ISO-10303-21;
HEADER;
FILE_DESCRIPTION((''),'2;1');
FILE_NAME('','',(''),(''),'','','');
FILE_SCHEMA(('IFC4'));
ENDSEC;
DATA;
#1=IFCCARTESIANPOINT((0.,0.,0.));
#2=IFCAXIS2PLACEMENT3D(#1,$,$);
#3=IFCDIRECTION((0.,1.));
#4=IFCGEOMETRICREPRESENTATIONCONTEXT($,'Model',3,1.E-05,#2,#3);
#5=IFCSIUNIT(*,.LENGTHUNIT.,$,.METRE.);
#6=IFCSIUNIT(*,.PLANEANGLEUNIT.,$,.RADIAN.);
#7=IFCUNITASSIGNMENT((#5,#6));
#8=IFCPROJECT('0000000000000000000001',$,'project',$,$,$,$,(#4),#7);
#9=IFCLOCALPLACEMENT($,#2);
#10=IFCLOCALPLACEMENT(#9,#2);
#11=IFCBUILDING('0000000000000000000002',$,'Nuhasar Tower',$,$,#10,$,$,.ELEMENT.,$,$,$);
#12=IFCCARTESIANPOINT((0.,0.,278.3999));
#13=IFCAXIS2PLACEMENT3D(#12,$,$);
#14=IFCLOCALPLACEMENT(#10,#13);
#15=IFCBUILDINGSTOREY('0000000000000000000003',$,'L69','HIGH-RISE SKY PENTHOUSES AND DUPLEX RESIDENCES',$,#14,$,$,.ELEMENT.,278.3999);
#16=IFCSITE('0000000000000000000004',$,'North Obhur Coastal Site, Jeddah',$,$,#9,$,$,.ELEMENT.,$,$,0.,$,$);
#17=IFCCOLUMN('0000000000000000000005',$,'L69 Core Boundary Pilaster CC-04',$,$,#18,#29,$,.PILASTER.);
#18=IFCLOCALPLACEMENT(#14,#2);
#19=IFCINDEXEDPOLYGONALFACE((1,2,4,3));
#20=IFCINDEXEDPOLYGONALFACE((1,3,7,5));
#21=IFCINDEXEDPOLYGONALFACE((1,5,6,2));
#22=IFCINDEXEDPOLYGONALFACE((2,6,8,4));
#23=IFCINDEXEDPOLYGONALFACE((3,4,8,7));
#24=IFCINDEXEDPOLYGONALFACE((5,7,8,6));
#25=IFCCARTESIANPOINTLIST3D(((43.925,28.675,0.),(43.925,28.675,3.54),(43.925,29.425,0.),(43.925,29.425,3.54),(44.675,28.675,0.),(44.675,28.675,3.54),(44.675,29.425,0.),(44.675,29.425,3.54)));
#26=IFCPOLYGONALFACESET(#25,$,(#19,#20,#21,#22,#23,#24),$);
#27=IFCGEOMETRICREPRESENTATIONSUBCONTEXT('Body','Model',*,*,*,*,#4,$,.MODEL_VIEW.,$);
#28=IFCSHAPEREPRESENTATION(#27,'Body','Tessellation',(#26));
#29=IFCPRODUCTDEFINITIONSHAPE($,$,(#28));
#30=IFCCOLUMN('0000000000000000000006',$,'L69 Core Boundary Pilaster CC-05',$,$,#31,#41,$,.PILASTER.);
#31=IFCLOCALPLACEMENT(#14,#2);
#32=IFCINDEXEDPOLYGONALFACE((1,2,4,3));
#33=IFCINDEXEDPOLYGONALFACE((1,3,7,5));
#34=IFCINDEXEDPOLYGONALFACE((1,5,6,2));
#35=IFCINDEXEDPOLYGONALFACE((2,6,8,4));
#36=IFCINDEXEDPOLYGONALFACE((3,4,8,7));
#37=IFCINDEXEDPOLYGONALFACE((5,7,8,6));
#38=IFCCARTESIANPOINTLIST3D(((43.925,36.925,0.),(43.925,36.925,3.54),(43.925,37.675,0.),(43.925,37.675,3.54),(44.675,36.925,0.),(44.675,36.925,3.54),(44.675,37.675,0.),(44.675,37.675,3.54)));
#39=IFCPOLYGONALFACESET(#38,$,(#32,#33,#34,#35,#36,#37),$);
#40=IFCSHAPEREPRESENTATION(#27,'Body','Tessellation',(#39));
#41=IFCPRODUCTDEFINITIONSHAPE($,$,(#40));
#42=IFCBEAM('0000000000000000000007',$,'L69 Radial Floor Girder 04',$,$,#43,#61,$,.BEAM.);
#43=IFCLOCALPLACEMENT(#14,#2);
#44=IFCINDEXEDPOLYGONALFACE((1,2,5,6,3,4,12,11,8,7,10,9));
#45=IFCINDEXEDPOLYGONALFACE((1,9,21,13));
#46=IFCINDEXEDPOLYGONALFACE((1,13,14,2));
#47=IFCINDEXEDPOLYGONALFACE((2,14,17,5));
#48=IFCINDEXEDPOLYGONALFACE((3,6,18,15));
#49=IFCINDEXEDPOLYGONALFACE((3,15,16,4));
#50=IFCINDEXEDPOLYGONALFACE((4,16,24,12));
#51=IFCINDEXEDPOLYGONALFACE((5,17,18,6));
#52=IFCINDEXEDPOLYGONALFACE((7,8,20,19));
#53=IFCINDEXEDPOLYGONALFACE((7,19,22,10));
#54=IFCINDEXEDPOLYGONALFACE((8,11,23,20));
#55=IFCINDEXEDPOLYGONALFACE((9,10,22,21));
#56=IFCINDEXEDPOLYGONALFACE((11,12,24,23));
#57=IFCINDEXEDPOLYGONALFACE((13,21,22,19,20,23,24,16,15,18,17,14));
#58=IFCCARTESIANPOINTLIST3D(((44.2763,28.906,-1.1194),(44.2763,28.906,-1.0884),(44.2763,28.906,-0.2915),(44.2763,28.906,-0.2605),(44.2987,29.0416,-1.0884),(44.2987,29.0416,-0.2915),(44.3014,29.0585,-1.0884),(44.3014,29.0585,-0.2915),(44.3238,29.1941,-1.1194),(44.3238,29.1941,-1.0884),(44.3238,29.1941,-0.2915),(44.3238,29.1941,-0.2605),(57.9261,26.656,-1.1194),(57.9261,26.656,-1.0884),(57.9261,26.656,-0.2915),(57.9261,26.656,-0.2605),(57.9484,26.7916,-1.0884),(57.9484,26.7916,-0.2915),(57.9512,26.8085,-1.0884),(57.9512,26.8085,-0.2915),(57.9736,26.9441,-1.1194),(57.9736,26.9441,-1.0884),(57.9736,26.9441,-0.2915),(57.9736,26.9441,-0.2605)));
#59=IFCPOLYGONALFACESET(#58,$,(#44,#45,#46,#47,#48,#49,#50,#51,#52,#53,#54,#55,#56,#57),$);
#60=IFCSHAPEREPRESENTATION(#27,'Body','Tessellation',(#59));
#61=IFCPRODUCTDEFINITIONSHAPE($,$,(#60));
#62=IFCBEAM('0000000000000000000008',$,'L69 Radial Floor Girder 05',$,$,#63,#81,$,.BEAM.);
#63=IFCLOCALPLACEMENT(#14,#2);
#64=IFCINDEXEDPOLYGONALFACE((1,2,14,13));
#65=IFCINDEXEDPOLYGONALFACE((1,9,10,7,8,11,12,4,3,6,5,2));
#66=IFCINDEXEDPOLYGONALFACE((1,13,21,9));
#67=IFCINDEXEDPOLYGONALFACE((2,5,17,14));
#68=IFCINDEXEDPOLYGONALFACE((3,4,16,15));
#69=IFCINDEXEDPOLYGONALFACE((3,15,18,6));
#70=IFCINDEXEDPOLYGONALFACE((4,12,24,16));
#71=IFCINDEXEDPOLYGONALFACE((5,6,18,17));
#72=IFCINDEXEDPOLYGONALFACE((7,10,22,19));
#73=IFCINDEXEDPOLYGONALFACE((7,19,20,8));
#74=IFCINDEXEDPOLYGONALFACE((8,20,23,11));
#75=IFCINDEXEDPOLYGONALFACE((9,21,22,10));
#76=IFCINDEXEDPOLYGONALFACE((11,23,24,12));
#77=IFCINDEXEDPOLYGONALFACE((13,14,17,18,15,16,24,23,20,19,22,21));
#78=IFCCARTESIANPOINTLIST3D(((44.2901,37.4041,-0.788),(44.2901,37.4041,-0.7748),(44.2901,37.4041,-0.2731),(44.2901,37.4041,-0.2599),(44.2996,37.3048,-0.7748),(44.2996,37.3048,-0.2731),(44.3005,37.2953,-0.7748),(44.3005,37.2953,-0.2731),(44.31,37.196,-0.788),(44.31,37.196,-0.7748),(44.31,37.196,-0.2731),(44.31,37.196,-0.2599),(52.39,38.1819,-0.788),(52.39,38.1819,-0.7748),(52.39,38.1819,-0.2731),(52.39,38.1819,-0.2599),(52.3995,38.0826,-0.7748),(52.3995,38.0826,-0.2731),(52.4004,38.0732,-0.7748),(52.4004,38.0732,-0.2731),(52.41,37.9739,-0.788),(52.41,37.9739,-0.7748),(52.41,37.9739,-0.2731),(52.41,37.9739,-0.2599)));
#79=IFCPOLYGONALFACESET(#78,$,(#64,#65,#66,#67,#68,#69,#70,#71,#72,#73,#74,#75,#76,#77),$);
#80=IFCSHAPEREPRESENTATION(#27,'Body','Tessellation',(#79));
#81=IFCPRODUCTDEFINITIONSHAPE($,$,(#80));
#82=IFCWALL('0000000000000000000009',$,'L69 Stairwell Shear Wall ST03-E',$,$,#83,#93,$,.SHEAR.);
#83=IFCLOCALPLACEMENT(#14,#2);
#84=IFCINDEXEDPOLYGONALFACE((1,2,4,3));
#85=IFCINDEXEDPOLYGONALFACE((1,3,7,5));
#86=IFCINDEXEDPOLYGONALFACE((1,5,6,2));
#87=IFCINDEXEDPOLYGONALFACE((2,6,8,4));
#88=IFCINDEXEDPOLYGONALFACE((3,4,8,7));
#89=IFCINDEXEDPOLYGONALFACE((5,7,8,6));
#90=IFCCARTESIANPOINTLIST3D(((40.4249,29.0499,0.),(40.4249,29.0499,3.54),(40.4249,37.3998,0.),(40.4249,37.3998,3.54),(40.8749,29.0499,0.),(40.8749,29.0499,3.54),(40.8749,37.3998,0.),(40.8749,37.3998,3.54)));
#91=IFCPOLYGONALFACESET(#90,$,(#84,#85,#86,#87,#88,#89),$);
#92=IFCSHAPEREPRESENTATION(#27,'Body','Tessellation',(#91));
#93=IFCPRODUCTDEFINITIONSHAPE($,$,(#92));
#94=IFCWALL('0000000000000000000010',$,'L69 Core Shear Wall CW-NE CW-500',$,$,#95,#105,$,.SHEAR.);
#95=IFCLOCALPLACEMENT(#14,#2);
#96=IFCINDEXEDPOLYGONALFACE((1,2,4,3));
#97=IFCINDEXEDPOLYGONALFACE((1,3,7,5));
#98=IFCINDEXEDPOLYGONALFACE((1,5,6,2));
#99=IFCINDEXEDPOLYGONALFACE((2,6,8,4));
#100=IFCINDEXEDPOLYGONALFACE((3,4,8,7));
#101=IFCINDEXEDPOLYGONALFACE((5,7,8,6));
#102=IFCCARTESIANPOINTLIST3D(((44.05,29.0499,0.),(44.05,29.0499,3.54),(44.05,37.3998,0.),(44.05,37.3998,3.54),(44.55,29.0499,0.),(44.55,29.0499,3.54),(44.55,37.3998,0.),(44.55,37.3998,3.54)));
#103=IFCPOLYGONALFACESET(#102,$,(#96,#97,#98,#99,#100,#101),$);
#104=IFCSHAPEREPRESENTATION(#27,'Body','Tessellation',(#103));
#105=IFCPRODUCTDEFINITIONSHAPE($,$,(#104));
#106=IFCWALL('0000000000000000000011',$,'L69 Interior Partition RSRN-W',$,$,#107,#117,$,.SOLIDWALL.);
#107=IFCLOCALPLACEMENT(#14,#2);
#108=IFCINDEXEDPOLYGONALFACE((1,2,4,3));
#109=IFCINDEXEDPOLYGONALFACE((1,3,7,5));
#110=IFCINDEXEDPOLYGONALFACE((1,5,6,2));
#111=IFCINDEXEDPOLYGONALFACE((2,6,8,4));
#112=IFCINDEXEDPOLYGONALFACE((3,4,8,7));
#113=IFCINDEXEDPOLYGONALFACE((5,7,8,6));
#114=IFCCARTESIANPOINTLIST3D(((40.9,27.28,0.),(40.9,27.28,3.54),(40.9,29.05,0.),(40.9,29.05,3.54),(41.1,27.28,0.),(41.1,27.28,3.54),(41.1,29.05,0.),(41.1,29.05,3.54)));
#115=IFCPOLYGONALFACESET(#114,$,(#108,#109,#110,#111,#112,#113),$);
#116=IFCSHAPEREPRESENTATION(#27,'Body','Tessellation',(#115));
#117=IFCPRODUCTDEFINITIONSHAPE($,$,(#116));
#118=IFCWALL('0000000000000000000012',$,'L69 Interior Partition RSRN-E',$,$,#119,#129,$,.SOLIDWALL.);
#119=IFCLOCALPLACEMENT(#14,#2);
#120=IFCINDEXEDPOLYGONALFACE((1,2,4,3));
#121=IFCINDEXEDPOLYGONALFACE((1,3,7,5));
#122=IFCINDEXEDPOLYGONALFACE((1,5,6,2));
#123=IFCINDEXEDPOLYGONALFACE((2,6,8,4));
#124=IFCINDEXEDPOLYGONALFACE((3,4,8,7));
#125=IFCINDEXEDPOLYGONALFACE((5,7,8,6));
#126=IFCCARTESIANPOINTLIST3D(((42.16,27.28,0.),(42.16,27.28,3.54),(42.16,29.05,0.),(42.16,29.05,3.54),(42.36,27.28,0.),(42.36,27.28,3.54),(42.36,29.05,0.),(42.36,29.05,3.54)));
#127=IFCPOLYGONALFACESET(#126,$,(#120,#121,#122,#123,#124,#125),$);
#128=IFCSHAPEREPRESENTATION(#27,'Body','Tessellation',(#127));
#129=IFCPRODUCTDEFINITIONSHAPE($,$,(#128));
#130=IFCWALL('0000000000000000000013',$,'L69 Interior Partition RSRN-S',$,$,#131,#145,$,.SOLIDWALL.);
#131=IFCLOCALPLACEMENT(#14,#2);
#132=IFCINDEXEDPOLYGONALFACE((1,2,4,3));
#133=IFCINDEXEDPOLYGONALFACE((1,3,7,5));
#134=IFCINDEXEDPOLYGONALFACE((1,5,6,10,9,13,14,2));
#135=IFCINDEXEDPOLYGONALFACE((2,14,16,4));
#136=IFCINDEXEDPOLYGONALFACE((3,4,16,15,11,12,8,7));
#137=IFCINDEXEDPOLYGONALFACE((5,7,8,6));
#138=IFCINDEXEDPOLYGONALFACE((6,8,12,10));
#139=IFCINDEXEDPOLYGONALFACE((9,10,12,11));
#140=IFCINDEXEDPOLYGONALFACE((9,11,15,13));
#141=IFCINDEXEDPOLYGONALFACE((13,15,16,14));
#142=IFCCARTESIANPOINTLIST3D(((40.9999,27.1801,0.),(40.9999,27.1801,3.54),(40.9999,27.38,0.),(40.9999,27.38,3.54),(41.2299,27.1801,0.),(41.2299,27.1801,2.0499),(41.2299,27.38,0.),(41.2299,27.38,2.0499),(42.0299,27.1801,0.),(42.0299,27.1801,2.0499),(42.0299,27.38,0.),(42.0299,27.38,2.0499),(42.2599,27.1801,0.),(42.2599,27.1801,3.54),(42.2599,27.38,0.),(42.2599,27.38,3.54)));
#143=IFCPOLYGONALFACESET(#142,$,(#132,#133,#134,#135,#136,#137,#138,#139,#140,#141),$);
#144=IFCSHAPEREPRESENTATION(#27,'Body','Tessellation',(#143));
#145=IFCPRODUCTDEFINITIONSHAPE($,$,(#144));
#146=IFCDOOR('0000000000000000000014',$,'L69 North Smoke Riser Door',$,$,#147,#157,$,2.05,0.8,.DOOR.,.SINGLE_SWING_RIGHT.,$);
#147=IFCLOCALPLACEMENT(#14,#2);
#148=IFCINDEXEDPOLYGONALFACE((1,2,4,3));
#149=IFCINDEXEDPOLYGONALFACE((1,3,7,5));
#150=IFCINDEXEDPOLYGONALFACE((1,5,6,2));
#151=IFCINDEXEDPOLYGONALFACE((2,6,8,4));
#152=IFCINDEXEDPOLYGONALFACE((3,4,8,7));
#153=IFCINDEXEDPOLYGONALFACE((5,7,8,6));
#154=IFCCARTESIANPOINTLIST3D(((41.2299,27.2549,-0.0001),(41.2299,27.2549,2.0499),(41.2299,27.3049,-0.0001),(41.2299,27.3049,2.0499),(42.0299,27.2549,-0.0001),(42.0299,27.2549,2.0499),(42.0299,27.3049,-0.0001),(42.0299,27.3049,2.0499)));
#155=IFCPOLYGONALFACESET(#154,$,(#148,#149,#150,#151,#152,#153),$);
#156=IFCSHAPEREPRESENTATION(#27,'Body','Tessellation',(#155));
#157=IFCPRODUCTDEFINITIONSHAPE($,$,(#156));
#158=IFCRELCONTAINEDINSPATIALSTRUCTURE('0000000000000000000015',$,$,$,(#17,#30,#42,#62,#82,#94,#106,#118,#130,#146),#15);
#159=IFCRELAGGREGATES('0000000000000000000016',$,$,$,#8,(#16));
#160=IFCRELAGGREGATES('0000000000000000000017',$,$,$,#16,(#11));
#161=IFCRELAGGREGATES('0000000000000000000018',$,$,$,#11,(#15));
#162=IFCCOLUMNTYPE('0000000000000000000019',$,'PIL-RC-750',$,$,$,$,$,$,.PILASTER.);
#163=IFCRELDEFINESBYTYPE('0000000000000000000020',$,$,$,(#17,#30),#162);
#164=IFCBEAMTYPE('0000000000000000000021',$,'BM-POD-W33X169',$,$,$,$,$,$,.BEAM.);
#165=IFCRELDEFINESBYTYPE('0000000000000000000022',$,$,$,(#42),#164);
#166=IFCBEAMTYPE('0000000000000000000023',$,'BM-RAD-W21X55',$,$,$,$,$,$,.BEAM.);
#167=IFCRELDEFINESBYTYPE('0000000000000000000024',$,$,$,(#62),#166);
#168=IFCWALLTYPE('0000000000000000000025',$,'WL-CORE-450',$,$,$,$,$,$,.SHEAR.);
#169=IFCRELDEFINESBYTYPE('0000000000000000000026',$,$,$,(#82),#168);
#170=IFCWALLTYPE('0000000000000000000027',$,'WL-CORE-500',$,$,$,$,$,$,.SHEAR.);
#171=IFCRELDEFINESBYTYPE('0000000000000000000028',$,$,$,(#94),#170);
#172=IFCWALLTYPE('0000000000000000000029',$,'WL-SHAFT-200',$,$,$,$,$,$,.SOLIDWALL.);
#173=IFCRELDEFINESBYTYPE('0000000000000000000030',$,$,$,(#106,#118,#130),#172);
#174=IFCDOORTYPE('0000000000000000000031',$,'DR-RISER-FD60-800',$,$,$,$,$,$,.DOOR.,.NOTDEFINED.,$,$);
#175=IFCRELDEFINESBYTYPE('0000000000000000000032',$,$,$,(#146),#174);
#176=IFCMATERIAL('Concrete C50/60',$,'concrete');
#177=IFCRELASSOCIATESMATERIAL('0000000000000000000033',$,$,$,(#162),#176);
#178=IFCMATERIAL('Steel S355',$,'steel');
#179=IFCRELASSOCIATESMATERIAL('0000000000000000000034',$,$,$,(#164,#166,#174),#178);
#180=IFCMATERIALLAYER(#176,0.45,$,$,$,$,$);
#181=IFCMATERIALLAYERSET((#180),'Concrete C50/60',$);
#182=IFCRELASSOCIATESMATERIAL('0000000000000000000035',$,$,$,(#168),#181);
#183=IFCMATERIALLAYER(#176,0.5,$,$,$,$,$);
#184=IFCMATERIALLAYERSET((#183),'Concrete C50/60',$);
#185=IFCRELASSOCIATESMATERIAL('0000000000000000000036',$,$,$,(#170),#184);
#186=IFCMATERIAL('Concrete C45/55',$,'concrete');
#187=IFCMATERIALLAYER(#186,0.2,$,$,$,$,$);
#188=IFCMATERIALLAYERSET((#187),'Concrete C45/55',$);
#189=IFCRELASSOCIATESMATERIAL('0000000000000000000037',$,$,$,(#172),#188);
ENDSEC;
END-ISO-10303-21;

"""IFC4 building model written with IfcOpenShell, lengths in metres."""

from ifc_helpers import new_model, si_unit, direction, frame, frame_2d, origin, origin_2d, place, context, subcontext, project, spatial, rectangle, i_section, extrude, material, layer, layer_set, material_profile, profile_set, type_object, element, fill, save


model = new_model("IFC4")

# Units and contexts
model_context = context("Model", 3, precision=1e-05, world=origin(), true_north=direction((0.0, 1.0)))
body_context = subcontext(model_context, "Body", "Model", "MODEL_VIEW")
ifc_project = project(units=[si_unit("LENGTHUNIT", "METRE"), si_unit("PLANEANGLEUNIT", "RADIAN")], contexts=[model_context])

# Site, building, storey
site_placement = place(None, origin())
site = spatial("IfcSite", under=ifc_project, at=site_placement, Name="North Obhur Coastal Site, Jeddah", CompositionType="ELEMENT", RefElevation=0.0)
building_placement = place(site_placement, origin())
building = spatial("IfcBuilding", under=site, at=building_placement, Name="Nuhasar Tower", CompositionType="ELEMENT")
storey_placement = place(building_placement, frame((0.0, 0.0, 278.3999)))
storey = spatial("IfcBuildingStorey", under=building, at=storey_placement, Name="L69", Description="HIGH-RISE SKY PENTHOUSES AND DUPLEX RESIDENCES", CompositionType="ELEMENT", Elevation=278.3999)

# Columns
ifc_material_1 = material(Name="Concrete C50/60", Category="concrete")
ifc_material_profile_1 = material_profile(ifc_material_1, rectangle(XDim=0.75, YDim=0.75, at=origin_2d()), Name="RC750X750")
ifc_profile_set_1 = profile_set([ifc_material_profile_1], Name="Concrete C50/60")
column_type = type_object("IfcColumnType", Name="PIL-RC-750", PredefinedType="PILASTER", material=ifc_profile_set_1)
for number, where, z_axis, x_axis, name in (
    (1, (44.3, 29.05, 0.0), (0.0, 0.0, 1.0), (1.0, 0.0, 0.0), "L69 Core Boundary Pilaster CC-04"),
    (2, (44.3, 37.3, 0.0), (0.0, 0.0, 1.0), (1.0, 0.0, 0.0), "L69 Core Boundary Pilaster CC-05"),
):
    element("IfcColumn", number, at=place(storey_placement, frame(where, z_axis=z_axis, x_axis=x_axis)), inside=storey, type_object=column_type, Name=name, PredefinedType="PILASTER", context=body_context, shape_type="SweptSolid", body=[
        extrude(rectangle(XDim=0.75, YDim=0.75, at=origin_2d()), origin(), (0.0, 0.0, 1.0), 3.54),
    ])

# Beams
ifc_material_2 = material(Name="Steel S355", Category="steel")
ifc_material_profile_2 = material_profile(ifc_material_2, i_section(OverallWidth=0.292, OverallDepth=0.8589, WebThickness=0.0171, FlangeThickness=0.031, at=origin_2d()), Name="W33X169")
ifc_profile_set_2 = profile_set([ifc_material_profile_2], Name="Steel S355")
beam_type_1 = type_object("IfcBeamType", Name="BM-POD-W33X169", PredefinedType="BEAM", material=ifc_profile_set_2)
beam_1_placement = place(storey_placement, frame((44.3, 29.05, -0.6899), z_axis=(0.986685, -0.162642, 0.0), x_axis=(0.162642, 0.986685, 0.0)))
element("IfcBeam", 3, at=beam_1_placement, inside=storey, type_object=beam_type_1, Name="L69 Radial Floor Girder 04", PredefinedType="BEAM", context=body_context, shape_type="SweptSolid", body=[
    extrude(i_section(OverallWidth=0.292, OverallDepth=0.8589, WebThickness=0.0171, FlangeThickness=0.031, at=origin_2d()), origin(), (0.0, 0.0, 1.0), 13.834),
])
ifc_material_profile_3 = material_profile(ifc_material_2, i_section(OverallWidth=0.209, OverallDepth=0.5281, WebThickness=0.0095, FlangeThickness=0.0132, at=origin_2d()), Name="W21X55")
ifc_profile_set_3 = profile_set([ifc_material_profile_3], Name="Steel S355")
beam_type_2 = type_object("IfcBeamType", Name="BM-RAD-W21X55", PredefinedType="BEAM", material=ifc_profile_set_3)
beam_2_placement = place(storey_placement, frame((44.3, 37.3, -0.5239), z_axis=(0.995421, 0.095591, 0.0), x_axis=(-0.095591, 0.995421, 0.0)))
element("IfcBeam", 4, at=beam_2_placement, inside=storey, type_object=beam_type_2, Name="L69 Radial Floor Girder 05", PredefinedType="BEAM", context=body_context, shape_type="SweptSolid", body=[
    extrude(i_section(OverallWidth=0.209, OverallDepth=0.5281, WebThickness=0.0095, FlangeThickness=0.0132, at=origin_2d()), origin(), (0.0, 0.0, 1.0), 8.1372),
])

# Shared definitions
ifc_layer_1 = layer(ifc_material_1, 0.45)
ifc_layer_set_1 = layer_set([ifc_layer_1], Name="Concrete C50/60")
wall_type_1 = type_object("IfcWallType", Name="WL-CORE-450", PredefinedType="SHEAR", material=ifc_layer_set_1)

# Walls
wall_1_placement = place(storey_placement, frame((40.6499, 29.05, 0.0), z_axis=(0.0, 0.0, 1.0), x_axis=(0.0, 1.0, 0.0)))
element("IfcWall", 5, at=wall_1_placement, inside=storey, type_object=wall_type_1, Name="L69 Stairwell Shear Wall ST03-E", PredefinedType="SHEAR", context=body_context, shape_type="SweptSolid", body=[
    extrude(rectangle(XDim=8.3499, YDim=0.45, at=frame_2d((4.1748, 0.0))), origin(), (0.0, 0.0, 1.0), 3.54),
])
ifc_layer_2 = layer(ifc_material_1, 0.5)
ifc_layer_set_2 = layer_set([ifc_layer_2], Name="Concrete C50/60")
wall_type_2 = type_object("IfcWallType", Name="WL-CORE-500", PredefinedType="SHEAR", material=ifc_layer_set_2)
wall_2_placement = place(storey_placement, frame((44.3, 29.05, 0.0), z_axis=(0.0, 0.0, 1.0), x_axis=(0.0, 1.0, 0.0)))
element("IfcWall", 6, at=wall_2_placement, inside=storey, type_object=wall_type_2, Name="L69 Core Shear Wall CW-NE CW-500", PredefinedType="SHEAR", context=body_context, shape_type="SweptSolid", body=[
    extrude(rectangle(XDim=8.3499, YDim=0.5, at=frame_2d((4.1748, 0.0))), origin(), (0.0, 0.0, 1.0), 3.54),
])
ifc_material_3 = material(Name="Concrete C45/55", Category="concrete")
ifc_layer_3 = layer(ifc_material_3, 0.2)
ifc_layer_set_3 = layer_set([ifc_layer_3], Name="Concrete C45/55")
wall_type_3 = type_object("IfcWallType", Name="WL-SHAFT-200", PredefinedType="SOLIDWALL", material=ifc_layer_set_3)
for number, where, z_axis, x_axis, name in (
    (7, (41.0, 27.28, 0.0), (0.0, 0.0, 1.0), (0.0, 1.0, 0.0), "L69 Interior Partition RSRN-W"),
    (8, (42.26, 27.28, 0.0), (0.0, 0.0, 1.0), (0.0, 1.0, 0.0), "L69 Interior Partition RSRN-E"),
):
    element("IfcWall", number, at=place(storey_placement, frame(where, z_axis=z_axis, x_axis=x_axis)), inside=storey, type_object=wall_type_3, Name=name, PredefinedType="SOLIDWALL", context=body_context, shape_type="SweptSolid", body=[
        extrude(rectangle(XDim=1.77, YDim=0.2, at=frame_2d((0.885, 0.0))), origin(), (0.0, 0.0, 1.0), 3.54),
    ])

# Wall, opening, door
wall_3_placement = place(storey_placement, frame((41.0, 27.28, 0.0), z_axis=(0.0, 0.0, 1.0), x_axis=(1.0, 0.0, 0.0)))
wall_3 = element("IfcWall", 9, at=wall_3_placement, inside=storey, type_object=wall_type_3, Name="L69 Interior Partition RSRN-S", PredefinedType="SOLIDWALL", context=body_context, shape_type="SweptSolid", body=[
    extrude(rectangle(XDim=1.26, YDim=0.2, at=frame_2d((0.6299, 0.0))), origin(), (0.0, 0.0, 1.0), 3.54),
])
opening_1_placement = place(wall_3_placement, frame((0.23, 0.0, 0.0)))
opening_1 = element("IfcOpeningElement", 10, at=opening_1_placement, cuts=wall_3, PredefinedType="OPENING", context=body_context, shape_type="SweptSolid", body=[
    extrude(rectangle(XDim=0.8, YDim=2.05, at=frame_2d((0.3999, 1.0249))), frame((0.0, 0.1099, 0.0), z_axis=(0.0, -1.0, 0.0), x_axis=(1.0, 0.0, 0.0)), (0.0, 0.0, 1.0), 0.22),
])
door_type_1 = type_object("IfcDoorType", Name="DR-RISER-FD60-800", OperationType="NOTDEFINED", PredefinedType="DOOR", material=ifc_material_2)
door_1_placement = place(opening_1_placement, origin())
door_1 = element("IfcDoor", 11, at=door_1_placement, inside=storey, type_object=door_type_1, Name="L69 North Smoke Riser Door", OperationType="SINGLE_SWING_RIGHT", OverallHeight=2.05, OverallWidth=0.8, PredefinedType="DOOR", context=body_context, shape_type="SweptSolid", body=[
    extrude(rectangle(XDim=0.8, YDim=2.05, at=frame_2d((0.3999, 1.0249))), frame((0.0, 0.0249, 0.0), z_axis=(0.0, -1.0, 0.0), x_axis=(1.0, 0.0, 0.0)), (0.0, 0.0, 1.0), 0.05),
])
fill(opening_1, door_1)

save(model, "model.ifc")
